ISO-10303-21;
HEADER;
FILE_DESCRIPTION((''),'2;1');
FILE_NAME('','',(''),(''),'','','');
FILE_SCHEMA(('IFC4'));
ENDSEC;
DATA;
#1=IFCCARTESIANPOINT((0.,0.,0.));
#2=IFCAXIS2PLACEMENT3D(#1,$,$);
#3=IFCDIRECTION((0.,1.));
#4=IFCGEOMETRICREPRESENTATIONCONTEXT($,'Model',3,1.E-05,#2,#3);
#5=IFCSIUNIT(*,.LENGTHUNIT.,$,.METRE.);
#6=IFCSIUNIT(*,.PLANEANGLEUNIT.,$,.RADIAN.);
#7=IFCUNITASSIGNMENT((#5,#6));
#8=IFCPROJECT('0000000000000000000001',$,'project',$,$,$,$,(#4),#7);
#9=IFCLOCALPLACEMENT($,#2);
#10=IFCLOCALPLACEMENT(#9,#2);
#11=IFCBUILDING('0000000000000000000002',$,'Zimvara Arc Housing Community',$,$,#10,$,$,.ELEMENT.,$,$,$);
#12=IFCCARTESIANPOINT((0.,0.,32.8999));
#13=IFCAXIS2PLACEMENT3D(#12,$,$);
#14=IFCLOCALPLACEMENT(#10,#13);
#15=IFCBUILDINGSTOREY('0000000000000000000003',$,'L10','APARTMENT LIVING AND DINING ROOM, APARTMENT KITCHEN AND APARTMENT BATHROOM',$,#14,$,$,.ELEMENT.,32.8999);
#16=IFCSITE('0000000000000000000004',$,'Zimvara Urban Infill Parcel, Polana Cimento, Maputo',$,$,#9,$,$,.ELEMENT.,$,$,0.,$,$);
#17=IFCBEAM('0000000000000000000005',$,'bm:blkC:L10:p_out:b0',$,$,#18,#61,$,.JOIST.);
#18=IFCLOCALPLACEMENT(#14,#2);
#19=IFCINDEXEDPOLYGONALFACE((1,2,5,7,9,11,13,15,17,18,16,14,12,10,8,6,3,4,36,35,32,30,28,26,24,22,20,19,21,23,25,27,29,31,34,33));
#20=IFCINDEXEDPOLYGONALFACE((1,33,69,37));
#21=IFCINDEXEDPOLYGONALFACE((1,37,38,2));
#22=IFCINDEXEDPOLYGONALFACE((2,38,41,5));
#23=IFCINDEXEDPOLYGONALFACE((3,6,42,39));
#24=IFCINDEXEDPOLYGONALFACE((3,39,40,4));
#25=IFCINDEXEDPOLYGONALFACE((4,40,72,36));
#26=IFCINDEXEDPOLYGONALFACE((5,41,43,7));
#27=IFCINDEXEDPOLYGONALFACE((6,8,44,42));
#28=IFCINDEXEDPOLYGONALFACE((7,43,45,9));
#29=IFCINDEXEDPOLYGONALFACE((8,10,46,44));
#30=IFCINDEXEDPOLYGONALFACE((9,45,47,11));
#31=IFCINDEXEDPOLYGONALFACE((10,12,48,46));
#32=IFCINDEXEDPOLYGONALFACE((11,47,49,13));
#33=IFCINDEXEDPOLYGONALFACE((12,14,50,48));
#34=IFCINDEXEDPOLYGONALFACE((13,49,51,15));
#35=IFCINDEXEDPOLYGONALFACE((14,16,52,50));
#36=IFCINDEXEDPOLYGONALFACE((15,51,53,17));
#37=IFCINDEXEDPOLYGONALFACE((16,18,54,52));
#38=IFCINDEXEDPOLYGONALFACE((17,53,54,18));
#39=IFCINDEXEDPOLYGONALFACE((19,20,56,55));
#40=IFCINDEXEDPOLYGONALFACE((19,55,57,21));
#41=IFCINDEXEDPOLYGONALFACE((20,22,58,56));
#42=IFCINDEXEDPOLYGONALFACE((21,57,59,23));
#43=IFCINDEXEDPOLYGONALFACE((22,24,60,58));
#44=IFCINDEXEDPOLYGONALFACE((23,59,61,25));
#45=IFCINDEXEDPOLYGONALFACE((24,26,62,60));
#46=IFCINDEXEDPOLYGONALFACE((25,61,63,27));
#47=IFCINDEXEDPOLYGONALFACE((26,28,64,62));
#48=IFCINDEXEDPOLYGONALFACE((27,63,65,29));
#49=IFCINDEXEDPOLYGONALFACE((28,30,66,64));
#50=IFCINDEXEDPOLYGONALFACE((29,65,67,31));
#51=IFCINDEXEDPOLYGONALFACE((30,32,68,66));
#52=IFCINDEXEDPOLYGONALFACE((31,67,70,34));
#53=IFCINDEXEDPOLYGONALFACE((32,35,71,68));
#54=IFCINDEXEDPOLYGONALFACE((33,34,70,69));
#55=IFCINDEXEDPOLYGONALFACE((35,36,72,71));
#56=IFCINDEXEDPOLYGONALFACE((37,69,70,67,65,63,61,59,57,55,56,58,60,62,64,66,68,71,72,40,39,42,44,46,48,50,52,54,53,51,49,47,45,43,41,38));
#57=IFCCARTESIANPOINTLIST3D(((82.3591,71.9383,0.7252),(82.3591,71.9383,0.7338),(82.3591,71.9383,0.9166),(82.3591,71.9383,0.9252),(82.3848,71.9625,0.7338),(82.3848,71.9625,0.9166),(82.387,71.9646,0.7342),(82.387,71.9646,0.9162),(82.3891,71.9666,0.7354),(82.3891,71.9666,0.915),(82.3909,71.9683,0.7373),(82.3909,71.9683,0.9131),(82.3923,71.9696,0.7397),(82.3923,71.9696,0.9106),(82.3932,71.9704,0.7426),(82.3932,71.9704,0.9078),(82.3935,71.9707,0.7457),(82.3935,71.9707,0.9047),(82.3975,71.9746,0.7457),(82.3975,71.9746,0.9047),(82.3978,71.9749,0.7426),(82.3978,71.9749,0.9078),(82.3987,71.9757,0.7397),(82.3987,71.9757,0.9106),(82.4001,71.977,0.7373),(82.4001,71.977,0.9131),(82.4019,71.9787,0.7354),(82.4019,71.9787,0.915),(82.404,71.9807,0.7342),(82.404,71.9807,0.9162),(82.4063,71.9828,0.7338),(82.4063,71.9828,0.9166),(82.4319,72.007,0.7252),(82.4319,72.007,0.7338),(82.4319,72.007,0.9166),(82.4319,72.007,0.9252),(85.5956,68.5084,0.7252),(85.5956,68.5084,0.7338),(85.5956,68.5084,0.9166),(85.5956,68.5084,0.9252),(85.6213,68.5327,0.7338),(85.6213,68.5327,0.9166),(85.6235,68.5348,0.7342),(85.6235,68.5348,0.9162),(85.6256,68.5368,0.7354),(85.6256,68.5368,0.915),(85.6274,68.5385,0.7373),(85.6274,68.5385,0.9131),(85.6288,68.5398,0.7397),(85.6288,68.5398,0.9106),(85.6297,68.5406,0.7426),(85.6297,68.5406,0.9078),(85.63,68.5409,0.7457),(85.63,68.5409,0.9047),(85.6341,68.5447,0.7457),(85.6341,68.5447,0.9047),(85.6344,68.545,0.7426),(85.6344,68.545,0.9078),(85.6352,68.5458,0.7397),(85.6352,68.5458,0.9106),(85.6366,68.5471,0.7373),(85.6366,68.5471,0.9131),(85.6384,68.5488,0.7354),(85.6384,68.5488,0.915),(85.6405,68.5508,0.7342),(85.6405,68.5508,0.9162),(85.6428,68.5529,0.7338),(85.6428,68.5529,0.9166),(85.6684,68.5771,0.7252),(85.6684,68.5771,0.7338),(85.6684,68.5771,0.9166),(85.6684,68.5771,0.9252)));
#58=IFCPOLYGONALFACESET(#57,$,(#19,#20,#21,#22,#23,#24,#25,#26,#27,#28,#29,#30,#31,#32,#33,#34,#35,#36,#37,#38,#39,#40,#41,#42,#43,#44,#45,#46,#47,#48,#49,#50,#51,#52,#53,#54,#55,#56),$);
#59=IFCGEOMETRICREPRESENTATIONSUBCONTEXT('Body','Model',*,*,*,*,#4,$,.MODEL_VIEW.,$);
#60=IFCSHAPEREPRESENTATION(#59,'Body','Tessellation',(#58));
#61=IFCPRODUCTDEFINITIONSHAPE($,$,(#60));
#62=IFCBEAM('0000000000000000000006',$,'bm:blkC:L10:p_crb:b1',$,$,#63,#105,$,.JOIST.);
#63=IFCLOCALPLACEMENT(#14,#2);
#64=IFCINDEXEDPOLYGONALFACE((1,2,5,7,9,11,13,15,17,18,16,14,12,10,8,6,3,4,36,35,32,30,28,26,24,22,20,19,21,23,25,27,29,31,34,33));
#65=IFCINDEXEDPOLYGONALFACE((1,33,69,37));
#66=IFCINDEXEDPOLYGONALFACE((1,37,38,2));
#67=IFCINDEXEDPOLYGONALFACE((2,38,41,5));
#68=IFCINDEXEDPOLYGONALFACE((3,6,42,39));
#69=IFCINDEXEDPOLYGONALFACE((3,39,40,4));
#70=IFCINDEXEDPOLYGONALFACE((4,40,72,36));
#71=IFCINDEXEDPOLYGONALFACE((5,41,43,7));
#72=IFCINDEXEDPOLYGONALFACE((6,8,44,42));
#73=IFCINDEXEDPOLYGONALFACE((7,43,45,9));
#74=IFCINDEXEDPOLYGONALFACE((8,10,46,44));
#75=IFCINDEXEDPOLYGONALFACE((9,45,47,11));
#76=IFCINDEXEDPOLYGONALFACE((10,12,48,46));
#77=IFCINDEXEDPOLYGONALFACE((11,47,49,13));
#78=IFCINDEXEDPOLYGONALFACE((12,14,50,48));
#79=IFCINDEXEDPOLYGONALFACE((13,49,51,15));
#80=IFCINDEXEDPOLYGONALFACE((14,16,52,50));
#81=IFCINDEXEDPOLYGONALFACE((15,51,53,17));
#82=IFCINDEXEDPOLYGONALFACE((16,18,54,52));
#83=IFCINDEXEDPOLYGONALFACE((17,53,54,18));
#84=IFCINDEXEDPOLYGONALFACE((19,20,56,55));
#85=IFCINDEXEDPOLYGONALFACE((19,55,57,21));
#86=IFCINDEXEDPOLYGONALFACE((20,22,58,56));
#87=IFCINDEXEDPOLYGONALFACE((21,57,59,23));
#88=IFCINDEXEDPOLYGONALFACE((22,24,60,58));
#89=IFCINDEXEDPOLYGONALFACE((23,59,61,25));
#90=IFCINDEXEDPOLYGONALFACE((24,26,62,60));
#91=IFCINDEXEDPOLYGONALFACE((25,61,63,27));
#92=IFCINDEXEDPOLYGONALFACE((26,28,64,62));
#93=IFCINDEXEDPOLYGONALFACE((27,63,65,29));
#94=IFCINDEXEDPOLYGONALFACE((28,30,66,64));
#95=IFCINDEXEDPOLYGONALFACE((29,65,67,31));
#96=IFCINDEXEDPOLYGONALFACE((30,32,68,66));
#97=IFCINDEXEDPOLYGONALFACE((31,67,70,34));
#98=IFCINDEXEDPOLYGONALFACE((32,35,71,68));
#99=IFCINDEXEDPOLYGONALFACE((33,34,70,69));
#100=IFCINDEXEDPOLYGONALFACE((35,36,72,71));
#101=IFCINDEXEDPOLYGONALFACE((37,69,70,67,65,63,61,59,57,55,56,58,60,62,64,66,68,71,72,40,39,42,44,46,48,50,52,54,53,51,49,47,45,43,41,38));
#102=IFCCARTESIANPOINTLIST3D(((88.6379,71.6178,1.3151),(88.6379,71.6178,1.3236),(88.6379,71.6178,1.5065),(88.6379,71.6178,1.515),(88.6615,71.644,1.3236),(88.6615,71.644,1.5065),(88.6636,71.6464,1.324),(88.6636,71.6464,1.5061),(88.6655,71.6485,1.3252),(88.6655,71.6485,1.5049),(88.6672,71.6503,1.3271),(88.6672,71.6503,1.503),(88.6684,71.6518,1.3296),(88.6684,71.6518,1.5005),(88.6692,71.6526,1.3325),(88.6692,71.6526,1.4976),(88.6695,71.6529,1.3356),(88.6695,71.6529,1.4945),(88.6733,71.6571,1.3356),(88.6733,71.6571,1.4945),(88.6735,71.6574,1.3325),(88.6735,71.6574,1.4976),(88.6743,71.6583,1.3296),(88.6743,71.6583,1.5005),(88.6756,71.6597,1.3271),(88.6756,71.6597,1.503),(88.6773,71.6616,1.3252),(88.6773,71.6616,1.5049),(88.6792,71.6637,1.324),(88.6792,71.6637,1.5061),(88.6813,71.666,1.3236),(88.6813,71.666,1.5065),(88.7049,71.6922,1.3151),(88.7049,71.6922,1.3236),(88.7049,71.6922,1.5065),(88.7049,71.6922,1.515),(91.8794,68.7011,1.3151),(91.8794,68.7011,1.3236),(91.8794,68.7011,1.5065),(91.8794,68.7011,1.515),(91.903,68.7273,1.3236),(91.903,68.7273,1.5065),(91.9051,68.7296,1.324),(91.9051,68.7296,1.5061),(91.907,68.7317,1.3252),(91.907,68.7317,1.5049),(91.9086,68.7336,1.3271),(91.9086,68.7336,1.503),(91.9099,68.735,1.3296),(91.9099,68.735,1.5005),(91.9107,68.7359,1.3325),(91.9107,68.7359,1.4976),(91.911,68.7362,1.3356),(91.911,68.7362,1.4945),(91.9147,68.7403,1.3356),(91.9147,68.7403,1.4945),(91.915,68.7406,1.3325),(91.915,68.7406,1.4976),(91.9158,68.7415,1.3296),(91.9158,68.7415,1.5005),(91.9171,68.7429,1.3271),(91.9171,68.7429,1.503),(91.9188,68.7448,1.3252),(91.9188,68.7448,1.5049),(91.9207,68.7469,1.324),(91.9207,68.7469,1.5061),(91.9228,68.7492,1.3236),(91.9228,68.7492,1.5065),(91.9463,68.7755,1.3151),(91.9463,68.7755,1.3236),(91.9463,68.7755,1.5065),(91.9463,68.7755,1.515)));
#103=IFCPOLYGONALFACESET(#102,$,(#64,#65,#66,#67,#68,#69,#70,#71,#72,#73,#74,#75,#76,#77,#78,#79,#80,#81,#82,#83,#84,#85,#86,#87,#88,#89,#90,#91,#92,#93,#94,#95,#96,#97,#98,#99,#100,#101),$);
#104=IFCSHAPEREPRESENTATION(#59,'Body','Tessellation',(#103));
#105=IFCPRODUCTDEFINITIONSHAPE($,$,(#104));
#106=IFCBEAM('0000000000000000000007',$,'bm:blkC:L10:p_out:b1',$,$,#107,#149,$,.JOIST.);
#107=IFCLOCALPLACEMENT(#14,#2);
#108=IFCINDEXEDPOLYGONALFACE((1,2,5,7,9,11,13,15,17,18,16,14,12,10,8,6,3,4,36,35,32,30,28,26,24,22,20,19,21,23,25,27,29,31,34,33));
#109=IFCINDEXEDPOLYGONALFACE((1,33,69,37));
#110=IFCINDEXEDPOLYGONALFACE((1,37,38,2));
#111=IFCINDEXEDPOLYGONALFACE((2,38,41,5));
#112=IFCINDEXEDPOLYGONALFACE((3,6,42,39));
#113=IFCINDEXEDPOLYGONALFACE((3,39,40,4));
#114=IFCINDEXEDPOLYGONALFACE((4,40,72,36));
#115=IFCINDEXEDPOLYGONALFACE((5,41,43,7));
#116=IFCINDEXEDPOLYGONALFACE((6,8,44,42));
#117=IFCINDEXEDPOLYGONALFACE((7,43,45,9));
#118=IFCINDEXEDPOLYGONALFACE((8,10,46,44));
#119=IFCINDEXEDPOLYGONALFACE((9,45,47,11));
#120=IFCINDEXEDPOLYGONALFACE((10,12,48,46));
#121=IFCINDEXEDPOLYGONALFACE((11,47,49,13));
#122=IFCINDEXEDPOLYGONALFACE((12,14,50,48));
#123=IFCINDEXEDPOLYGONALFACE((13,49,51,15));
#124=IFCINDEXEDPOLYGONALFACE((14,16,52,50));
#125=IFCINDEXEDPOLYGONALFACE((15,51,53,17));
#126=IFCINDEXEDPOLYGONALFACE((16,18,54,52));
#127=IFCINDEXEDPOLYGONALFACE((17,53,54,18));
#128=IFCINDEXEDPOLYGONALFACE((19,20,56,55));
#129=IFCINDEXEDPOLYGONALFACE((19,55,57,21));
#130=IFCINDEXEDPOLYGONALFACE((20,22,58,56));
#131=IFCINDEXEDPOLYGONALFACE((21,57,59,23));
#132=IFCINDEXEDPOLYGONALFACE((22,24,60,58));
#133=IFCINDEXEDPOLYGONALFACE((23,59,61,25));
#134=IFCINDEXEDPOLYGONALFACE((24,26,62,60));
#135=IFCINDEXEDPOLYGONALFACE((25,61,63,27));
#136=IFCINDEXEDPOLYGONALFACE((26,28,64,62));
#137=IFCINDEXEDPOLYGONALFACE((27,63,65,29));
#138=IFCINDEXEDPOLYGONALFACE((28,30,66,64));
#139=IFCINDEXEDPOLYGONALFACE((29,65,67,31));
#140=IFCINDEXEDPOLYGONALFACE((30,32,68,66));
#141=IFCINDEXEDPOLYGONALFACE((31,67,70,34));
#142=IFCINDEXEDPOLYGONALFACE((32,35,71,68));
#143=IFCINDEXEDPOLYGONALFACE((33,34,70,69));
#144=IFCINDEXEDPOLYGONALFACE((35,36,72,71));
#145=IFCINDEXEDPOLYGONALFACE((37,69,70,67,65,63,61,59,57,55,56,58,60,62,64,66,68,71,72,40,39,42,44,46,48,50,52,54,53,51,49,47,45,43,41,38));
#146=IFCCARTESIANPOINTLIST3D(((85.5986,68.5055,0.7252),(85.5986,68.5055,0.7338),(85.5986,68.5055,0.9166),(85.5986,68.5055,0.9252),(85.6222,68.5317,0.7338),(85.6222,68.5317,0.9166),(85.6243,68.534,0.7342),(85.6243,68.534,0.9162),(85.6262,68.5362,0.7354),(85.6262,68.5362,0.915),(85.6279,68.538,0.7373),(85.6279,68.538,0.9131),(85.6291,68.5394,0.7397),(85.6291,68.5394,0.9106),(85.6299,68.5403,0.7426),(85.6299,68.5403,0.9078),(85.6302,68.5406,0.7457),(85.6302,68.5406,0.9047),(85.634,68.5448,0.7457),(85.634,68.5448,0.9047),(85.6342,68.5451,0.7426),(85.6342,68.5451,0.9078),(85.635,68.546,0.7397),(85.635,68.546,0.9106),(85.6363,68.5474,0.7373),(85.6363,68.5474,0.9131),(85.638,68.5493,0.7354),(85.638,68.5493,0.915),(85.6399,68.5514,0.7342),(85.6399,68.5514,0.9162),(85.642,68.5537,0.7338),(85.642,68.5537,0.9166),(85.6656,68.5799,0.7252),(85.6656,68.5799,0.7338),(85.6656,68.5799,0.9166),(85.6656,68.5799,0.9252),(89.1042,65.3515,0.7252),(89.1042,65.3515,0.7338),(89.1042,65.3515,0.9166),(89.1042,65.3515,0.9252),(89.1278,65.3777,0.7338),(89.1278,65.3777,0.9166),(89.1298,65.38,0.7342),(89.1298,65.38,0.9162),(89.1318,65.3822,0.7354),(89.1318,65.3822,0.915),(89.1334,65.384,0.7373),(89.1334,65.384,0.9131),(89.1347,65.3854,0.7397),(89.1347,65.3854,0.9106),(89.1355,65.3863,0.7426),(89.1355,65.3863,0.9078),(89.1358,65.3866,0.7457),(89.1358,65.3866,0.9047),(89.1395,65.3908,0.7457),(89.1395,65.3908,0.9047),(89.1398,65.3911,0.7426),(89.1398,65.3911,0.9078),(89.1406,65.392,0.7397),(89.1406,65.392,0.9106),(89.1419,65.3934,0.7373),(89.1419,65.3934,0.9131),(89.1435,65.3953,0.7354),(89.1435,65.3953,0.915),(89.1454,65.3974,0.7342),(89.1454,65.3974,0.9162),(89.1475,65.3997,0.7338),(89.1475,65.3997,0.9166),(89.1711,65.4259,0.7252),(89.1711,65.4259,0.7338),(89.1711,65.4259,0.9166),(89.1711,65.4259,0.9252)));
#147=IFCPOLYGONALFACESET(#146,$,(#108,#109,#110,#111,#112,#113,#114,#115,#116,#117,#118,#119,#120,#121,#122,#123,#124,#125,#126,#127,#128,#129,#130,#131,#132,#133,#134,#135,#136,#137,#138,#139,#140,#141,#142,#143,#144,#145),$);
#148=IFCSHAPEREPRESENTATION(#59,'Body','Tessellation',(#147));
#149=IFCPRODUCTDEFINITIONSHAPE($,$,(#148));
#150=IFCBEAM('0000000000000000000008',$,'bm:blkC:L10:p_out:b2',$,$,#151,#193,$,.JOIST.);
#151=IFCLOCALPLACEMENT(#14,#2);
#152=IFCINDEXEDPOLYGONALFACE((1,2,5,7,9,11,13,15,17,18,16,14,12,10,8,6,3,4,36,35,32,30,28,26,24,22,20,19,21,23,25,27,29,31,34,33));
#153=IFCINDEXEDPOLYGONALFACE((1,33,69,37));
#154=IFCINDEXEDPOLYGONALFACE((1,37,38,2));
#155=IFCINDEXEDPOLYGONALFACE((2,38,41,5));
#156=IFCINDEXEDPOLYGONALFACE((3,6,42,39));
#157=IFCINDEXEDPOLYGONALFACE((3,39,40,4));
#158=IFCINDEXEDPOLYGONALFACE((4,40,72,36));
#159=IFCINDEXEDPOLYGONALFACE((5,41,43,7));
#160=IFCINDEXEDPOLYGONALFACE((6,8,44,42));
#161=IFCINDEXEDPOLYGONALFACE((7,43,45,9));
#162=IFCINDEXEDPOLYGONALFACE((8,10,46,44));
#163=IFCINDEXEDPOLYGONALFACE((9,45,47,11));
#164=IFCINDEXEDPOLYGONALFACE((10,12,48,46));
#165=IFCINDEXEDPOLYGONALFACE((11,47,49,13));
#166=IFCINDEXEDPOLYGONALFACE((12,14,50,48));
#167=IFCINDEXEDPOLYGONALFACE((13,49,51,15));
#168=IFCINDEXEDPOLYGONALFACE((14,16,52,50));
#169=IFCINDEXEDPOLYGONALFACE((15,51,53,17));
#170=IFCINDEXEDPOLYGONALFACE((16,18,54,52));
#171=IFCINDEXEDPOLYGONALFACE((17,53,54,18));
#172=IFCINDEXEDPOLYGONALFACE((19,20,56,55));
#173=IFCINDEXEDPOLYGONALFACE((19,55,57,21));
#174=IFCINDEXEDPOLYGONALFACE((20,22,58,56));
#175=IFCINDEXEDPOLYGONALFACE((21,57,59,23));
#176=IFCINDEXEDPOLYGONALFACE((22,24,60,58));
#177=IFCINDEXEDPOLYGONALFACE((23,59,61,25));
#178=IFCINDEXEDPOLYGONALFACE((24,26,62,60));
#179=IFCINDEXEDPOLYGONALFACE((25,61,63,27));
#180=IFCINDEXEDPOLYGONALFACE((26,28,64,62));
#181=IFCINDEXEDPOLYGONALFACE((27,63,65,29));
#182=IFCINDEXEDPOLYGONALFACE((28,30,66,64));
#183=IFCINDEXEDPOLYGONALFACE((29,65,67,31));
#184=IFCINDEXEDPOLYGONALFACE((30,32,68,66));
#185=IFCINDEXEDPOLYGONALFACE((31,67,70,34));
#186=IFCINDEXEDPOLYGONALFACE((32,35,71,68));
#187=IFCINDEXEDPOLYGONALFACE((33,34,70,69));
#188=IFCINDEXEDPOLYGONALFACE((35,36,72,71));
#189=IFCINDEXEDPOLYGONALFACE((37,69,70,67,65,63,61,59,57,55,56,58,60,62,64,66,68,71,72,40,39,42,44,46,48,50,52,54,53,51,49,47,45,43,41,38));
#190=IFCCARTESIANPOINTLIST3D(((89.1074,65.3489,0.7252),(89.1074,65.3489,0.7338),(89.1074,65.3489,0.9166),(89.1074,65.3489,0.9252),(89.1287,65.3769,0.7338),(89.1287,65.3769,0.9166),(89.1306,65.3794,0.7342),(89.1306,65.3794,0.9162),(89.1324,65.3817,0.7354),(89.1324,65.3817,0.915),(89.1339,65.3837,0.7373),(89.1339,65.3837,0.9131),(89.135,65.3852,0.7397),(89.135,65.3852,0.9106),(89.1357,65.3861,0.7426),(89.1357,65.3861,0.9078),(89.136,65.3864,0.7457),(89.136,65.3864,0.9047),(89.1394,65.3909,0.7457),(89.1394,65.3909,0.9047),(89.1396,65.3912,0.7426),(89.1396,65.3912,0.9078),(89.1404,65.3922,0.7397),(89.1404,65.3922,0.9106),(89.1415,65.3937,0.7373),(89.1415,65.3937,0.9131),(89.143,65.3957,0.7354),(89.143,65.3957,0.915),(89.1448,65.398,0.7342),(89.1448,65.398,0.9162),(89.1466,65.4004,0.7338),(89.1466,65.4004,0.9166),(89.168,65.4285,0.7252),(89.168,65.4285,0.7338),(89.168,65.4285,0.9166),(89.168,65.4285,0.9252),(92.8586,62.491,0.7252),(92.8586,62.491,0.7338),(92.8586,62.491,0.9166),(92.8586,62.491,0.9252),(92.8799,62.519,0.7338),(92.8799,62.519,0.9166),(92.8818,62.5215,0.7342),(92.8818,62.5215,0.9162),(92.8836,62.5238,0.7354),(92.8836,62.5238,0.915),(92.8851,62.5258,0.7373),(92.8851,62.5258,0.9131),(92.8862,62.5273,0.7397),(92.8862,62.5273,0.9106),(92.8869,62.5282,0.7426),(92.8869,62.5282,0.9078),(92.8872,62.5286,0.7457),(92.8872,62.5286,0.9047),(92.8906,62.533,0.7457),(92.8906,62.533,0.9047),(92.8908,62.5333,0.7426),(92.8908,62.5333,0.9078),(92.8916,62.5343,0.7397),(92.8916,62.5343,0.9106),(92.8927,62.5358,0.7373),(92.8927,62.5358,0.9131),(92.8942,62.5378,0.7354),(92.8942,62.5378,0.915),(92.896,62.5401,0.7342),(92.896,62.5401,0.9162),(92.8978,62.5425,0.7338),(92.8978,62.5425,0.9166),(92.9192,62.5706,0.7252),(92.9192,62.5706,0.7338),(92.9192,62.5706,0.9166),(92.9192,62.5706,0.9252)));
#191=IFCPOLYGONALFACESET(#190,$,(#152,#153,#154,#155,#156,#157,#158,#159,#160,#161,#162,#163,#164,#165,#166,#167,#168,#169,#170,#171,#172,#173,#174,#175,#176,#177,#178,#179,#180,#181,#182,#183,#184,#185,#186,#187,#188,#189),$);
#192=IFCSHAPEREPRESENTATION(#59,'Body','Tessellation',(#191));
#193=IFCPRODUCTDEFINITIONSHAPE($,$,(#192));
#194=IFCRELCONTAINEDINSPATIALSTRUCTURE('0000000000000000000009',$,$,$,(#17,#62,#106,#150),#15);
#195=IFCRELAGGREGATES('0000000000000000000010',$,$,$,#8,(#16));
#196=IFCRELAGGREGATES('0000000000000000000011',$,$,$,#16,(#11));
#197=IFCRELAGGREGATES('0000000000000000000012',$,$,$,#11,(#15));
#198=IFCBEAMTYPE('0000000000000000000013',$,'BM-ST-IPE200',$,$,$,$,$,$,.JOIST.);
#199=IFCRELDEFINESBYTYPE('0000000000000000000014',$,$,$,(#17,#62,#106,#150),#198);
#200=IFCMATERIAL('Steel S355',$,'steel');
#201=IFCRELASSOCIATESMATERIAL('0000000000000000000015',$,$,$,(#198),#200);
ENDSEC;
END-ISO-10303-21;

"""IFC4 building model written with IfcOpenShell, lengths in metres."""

from ifc_helpers import new_model, si_unit, direction, frame, origin, origin_2d, place, context, subcontext, project, spatial, i_section, extrude, material, material_profile, profile_set, type_object, element, save


model = new_model("IFC4")

# Units and contexts
model_context = context("Model", 3, precision=1e-05, world=origin(), true_north=direction((0.0, 1.0)))
body_context = subcontext(model_context, "Body", "Model", "MODEL_VIEW")
ifc_project = project(units=[si_unit("LENGTHUNIT", "METRE"), si_unit("PLANEANGLEUNIT", "RADIAN")], contexts=[model_context])

# Site, building, storey
site_placement = place(None, origin())
site = spatial("IfcSite", under=ifc_project, at=site_placement, Name="Zimvara Urban Infill Parcel, Polana Cimento, Maputo", CompositionType="ELEMENT", RefElevation=0.0)
building_placement = place(site_placement, origin())
building = spatial("IfcBuilding", under=site, at=building_placement, Name="Zimvara Arc Housing Community", CompositionType="ELEMENT")
storey_placement = place(building_placement, frame((0.0, 0.0, 32.8999)))
storey = spatial("IfcBuildingStorey", under=building, at=storey_placement, Name="L10", Description="APARTMENT LIVING AND DINING ROOM, APARTMENT KITCHEN AND APARTMENT BATHROOM", CompositionType="ELEMENT", Elevation=32.8999)

# Beams
ifc_material_1 = material(Name="Steel S355", Category="steel")
ifc_material_profile_1 = material_profile(ifc_material_1, i_section(OverallWidth=0.1001, OverallDepth=0.2, WebThickness=0.0056, FlangeThickness=0.0085, FilletRadius=0.012, at=origin_2d()), Name="IPE 200")
ifc_profile_set_1 = profile_set([ifc_material_profile_1], Name="Steel S355")
beam_type_1 = type_object("IfcBeamType", Name="BM-ST-IPE200", PredefinedType="JOIST", material=ifc_profile_set_1)
beam_1_placement = place(storey_placement, frame((82.3955, 71.9727, 0.8252), z_axis=(0.686309, -0.72731, 0.0), x_axis=(0.72731, 0.686309, 0.0)))
element("IfcBeam", 1, at=beam_1_placement, inside=storey, type_object=beam_type_1, Name="bm:blkC:L10:p_out:b0", PredefinedType="JOIST", context=body_context, shape_type="SweptSolid", body=[
    extrude(i_section(OverallWidth=0.1001, OverallDepth=0.2, WebThickness=0.0056, FlangeThickness=0.0085, FilletRadius=0.012, at=origin_2d()), origin(), (0.0, 0.0, 1.0), 4.7158),
])
beam_2_placement = place(storey_placement, frame((88.6714, 71.655, 1.415), z_axis=(0.743358, -0.668894, 0.0), x_axis=(0.668894, 0.743358, 0.0)))
element("IfcBeam", 2, at=beam_2_placement, inside=storey, type_object=beam_type_1, Name="bm:blkC:L10:p_crb:b1", PredefinedType="JOIST", context=body_context, shape_type="SweptSolid", body=[
    extrude(i_section(OverallWidth=0.1001, OverallDepth=0.2, WebThickness=0.0056, FlangeThickness=0.0085, FilletRadius=0.012, at=origin_2d()), origin(), (0.0, 0.0, 1.0), 4.3606),
])
beam_3_placement = place(storey_placement, frame((85.6321, 68.5427, 0.8252), z_axis=(0.7434, -0.668847, 0.0), x_axis=(0.668847, 0.7434, 0.0)))
element("IfcBeam", 3, at=beam_3_placement, inside=storey, type_object=beam_type_1, Name="bm:blkC:L10:p_out:b1", PredefinedType="JOIST", context=body_context, shape_type="SweptSolid", body=[
    extrude(i_section(OverallWidth=0.1001, OverallDepth=0.2, WebThickness=0.0056, FlangeThickness=0.0085, FilletRadius=0.012, at=origin_2d()), origin(), (0.0, 0.0, 1.0), 4.7156),
])
beam_4_placement = place(storey_placement, frame((89.1377, 65.3887, 0.8252), z_axis=(0.795448, -0.606021, 0.0), x_axis=(0.606021, 0.795448, 0.0)))
element("IfcBeam", 4, at=beam_4_placement, inside=storey, type_object=beam_type_1, Name="bm:blkC:L10:p_out:b2", PredefinedType="JOIST", context=body_context, shape_type="SweptSolid", body=[
    extrude(i_section(OverallWidth=0.1001, OverallDepth=0.2, WebThickness=0.0056, FlangeThickness=0.0085, FilletRadius=0.012, at=origin_2d()), origin(), (0.0, 0.0, 1.0), 4.7158),
])

save(model, "model.ifc")
